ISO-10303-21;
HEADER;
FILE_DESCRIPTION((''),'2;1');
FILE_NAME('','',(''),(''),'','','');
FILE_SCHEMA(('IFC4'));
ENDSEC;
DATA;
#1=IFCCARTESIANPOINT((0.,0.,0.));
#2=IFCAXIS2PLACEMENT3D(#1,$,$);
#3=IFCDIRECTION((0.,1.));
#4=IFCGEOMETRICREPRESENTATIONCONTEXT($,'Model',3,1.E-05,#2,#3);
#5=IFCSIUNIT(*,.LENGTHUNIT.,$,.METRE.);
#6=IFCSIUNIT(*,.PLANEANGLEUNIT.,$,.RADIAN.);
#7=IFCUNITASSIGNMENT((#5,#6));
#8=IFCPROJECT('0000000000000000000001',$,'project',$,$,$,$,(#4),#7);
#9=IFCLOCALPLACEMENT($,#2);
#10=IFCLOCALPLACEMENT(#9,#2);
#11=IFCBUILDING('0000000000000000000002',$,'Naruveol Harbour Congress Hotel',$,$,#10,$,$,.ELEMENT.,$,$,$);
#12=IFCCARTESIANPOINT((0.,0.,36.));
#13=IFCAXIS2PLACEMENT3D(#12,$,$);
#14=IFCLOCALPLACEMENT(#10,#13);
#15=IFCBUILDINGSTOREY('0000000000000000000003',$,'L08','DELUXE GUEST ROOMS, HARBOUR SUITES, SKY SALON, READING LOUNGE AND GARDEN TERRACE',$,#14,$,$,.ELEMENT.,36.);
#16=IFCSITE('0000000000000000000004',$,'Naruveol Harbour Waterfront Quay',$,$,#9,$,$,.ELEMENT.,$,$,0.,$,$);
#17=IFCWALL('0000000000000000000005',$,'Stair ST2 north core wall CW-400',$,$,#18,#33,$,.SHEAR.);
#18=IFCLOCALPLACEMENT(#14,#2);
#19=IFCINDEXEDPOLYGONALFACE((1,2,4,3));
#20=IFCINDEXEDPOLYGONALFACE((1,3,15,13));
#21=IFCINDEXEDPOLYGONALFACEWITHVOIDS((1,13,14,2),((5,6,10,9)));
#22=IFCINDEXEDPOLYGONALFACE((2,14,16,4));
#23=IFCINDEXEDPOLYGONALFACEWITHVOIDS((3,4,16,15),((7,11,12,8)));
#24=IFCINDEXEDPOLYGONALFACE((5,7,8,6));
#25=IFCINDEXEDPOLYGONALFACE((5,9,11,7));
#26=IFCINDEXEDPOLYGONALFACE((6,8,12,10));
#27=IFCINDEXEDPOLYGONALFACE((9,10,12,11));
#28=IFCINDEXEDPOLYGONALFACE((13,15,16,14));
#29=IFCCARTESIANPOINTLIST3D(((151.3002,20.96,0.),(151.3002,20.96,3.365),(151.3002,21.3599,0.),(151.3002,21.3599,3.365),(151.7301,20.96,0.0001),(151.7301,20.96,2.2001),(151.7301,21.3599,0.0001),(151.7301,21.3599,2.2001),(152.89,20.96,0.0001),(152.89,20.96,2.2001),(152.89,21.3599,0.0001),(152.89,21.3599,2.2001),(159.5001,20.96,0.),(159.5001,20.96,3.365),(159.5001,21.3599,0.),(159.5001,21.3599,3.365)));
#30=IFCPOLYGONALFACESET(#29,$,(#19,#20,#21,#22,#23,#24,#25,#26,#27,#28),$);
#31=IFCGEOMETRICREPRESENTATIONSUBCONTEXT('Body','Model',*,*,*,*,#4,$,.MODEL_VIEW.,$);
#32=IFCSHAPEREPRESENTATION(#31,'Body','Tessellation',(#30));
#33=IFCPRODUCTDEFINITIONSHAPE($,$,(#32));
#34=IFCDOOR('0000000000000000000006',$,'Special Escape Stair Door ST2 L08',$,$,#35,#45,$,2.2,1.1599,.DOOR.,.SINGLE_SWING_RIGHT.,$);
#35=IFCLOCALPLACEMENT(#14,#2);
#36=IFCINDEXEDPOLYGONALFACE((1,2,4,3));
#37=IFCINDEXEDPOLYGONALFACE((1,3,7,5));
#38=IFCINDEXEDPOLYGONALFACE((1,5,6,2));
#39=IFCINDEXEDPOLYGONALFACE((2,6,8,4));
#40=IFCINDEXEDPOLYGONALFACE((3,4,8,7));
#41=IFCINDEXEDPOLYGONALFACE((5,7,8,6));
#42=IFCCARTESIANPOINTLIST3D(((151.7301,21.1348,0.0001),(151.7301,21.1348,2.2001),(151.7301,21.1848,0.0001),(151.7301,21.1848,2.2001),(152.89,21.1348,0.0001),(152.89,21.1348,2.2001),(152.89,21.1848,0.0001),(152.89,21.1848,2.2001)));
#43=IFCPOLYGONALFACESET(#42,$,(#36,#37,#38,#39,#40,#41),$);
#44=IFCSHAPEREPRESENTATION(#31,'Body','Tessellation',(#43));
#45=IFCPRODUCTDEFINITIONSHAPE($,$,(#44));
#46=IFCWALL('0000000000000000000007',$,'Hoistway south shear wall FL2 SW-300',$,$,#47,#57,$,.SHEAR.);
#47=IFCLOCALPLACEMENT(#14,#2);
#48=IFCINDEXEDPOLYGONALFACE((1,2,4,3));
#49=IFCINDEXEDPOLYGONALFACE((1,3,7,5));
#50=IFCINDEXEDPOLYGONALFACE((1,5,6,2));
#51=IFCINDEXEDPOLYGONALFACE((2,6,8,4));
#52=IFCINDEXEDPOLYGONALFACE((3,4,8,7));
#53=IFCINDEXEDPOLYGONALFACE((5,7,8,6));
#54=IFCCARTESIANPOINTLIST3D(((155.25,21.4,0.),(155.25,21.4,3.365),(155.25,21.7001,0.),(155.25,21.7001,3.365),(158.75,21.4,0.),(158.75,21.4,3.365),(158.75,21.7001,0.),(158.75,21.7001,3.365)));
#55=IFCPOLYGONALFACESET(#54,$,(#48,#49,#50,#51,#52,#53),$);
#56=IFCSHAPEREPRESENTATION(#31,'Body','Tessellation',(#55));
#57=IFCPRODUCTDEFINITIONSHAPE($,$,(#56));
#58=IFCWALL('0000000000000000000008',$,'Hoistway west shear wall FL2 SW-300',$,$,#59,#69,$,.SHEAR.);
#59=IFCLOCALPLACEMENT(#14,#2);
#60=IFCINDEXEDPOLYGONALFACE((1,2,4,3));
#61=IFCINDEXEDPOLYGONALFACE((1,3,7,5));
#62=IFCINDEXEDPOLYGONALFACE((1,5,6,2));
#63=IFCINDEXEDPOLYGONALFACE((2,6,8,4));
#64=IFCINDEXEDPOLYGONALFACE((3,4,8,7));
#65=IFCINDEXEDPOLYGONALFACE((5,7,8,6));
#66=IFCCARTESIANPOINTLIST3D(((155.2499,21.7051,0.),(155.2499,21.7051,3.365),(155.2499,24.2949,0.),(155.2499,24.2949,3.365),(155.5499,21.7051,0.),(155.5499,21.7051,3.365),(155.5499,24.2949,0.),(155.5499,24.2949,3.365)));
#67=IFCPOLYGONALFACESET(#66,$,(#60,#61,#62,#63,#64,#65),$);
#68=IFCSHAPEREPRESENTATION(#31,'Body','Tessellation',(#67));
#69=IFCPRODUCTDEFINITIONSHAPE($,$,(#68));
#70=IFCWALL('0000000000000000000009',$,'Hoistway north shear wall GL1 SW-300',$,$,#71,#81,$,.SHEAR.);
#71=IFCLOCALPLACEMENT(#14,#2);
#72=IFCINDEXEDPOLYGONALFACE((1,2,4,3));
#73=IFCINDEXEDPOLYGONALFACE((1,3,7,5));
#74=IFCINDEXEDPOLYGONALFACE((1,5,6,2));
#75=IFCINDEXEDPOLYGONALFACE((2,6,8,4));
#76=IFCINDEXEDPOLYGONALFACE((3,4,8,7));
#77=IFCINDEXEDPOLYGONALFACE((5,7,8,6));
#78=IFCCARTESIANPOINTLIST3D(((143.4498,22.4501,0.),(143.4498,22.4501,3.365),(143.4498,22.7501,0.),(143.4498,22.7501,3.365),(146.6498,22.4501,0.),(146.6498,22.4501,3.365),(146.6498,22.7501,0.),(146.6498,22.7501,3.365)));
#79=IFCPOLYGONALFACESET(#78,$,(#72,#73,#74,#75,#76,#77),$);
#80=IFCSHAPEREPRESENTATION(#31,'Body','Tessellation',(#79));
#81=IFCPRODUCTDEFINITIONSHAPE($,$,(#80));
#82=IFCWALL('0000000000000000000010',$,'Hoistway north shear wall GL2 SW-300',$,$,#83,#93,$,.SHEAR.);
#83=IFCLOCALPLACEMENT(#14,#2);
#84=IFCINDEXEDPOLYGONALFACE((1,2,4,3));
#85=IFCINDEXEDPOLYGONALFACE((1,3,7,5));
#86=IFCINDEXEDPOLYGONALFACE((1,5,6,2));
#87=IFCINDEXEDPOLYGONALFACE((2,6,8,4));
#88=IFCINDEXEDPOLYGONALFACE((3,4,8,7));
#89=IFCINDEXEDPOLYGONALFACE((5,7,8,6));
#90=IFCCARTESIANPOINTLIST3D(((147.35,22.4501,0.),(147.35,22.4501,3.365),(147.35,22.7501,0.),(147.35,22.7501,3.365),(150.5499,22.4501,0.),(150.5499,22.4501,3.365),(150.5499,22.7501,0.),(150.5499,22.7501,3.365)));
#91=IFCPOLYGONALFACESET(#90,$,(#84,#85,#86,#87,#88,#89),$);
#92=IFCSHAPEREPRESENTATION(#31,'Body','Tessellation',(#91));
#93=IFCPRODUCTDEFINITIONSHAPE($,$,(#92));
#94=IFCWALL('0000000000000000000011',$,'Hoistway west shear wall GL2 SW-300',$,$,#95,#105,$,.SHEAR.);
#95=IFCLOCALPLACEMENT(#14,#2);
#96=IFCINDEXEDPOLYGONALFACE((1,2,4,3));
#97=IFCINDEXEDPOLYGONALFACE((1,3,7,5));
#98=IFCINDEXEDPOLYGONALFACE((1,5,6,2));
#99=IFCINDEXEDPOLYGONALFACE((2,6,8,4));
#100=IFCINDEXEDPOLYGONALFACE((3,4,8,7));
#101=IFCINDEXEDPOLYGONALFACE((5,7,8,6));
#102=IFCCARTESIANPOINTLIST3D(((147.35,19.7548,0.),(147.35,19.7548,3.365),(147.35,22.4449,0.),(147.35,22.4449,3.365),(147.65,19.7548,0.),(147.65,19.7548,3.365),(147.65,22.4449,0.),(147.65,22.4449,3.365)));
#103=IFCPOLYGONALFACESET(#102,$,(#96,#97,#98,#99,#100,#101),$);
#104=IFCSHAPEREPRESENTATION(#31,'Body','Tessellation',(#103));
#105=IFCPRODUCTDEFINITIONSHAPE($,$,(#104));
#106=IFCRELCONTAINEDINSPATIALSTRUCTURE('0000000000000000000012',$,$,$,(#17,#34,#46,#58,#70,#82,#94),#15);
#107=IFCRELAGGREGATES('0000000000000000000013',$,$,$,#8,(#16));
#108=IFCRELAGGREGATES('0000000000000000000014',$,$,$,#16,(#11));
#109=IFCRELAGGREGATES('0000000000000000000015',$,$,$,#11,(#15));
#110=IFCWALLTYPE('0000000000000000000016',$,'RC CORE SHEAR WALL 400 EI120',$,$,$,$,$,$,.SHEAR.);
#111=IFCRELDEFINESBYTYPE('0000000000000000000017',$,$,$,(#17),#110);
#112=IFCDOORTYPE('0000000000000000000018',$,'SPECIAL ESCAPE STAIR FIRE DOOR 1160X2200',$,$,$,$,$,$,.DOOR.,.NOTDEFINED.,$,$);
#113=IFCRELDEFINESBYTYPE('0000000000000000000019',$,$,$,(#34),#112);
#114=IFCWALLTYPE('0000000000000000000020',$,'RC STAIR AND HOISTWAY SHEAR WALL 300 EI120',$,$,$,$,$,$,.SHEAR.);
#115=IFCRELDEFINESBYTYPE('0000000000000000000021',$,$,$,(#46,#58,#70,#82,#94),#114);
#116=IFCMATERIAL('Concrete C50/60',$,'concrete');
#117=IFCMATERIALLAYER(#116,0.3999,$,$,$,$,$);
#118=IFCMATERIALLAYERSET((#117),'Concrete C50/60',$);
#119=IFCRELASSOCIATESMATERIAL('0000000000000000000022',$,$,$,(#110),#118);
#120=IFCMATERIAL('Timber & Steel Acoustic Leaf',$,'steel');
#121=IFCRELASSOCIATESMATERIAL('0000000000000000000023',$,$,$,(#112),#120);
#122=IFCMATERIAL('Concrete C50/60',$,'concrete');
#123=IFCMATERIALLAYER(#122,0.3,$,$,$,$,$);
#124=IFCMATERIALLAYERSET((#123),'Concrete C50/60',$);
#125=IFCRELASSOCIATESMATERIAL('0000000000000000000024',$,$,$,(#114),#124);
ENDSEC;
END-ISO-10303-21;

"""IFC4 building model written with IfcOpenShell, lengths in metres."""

from ifc_helpers import new_model, si_unit, direction, frame, frame_2d, origin, place, context, subcontext, project, spatial, rectangle, extrude, material, layer, layer_set, type_object, element, fill, save


model = new_model("IFC4")

# Units and contexts
model_context = context("Model", 3, precision=1e-05, world=origin(), true_north=direction((0.0, 1.0)))
body_context = subcontext(model_context, "Body", "Model", "MODEL_VIEW")
ifc_project = project(units=[si_unit("LENGTHUNIT", "METRE"), si_unit("PLANEANGLEUNIT", "RADIAN")], contexts=[model_context])

# Site, building, storey
site_placement = place(None, origin())
site = spatial("IfcSite", under=ifc_project, at=site_placement, Name="Naruveol Harbour Waterfront Quay", CompositionType="ELEMENT", RefElevation=0.0)
building_placement = place(site_placement, origin())
building = spatial("IfcBuilding", under=site, at=building_placement, Name="Naruveol Harbour Congress Hotel", CompositionType="ELEMENT")
storey_placement = place(building_placement, frame((0.0, 0.0, 36.0)))
storey = spatial("IfcBuildingStorey", under=building, at=storey_placement, Name="L08", Description="DELUXE GUEST ROOMS, HARBOUR SUITES, SKY SALON, READING LOUNGE AND GARDEN TERRACE", CompositionType="ELEMENT", Elevation=36.0)

# Wall, opening, door
ifc_material_1 = material(Name="Concrete C50/60", Category="concrete")
ifc_layer_1 = layer(ifc_material_1, 0.3999)
ifc_layer_set_1 = layer_set([ifc_layer_1], Name="Concrete C50/60")
wall_type_1 = type_object("IfcWallType", Name="RC CORE SHEAR WALL 400 EI120", PredefinedType="SHEAR", material=ifc_layer_set_1)
wall_1_placement = place(storey_placement, frame((151.3, 21.1599, 0.0), z_axis=(0.0, 0.0, 1.0), x_axis=(1.0, 0.0, 0.0)))
wall_1 = element("IfcWall", 1, at=wall_1_placement, inside=storey, type_object=wall_type_1, Name="Stair ST2 north core wall CW-400", PredefinedType="SHEAR", context=body_context, shape_type="SweptSolid", body=[
    extrude(rectangle(XDim=8.2, YDim=0.3999, at=frame_2d((4.1001, 0.0))), origin(), (0.0, 0.0, 1.0), 3.365),
])
opening_1_placement = place(wall_1_placement, frame((0.4299, 0.0, 0.0)))
opening_1 = element("IfcOpeningElement", 2, at=opening_1_placement, cuts=wall_1, PredefinedType="OPENING", context=body_context, shape_type="SweptSolid", body=[
    extrude(rectangle(XDim=1.1599, YDim=2.2, at=frame_2d((0.5801, 1.1001))), frame((0.0, 0.21, 0.0), z_axis=(0.0, -1.0, 0.0), x_axis=(1.0, 0.0, 0.0)), (0.0, 0.0, 1.0), 0.4199),
])
ifc_material_2 = material(Name="Timber & Steel Acoustic Leaf", Category="steel")
door_type_1 = type_object("IfcDoorType", Name="SPECIAL ESCAPE STAIR FIRE DOOR 1160X2200", OperationType="NOTDEFINED", PredefinedType="DOOR", material=ifc_material_2)
door_1_placement = place(opening_1_placement, origin())
door_1 = element("IfcDoor", 3, at=door_1_placement, inside=storey, type_object=door_type_1, Name="Special Escape Stair Door ST2 L08", OperationType="SINGLE_SWING_RIGHT", OverallHeight=2.2, OverallWidth=1.1599, PredefinedType="DOOR", context=body_context, shape_type="SweptSolid", body=[
    extrude(rectangle(XDim=1.1599, YDim=2.2, at=frame_2d((0.5801, 1.1001))), frame((0.0, 0.0249, 0.0), z_axis=(0.0, -1.0, 0.0), x_axis=(1.0, 0.0, 0.0)), (0.0, 0.0, 1.0), 0.05),
])
fill(opening_1, door_1)

# Walls
ifc_material_3 = material(Name="Concrete C50/60", Category="concrete")
ifc_layer_2 = layer(ifc_material_3, 0.3)
ifc_layer_set_2 = layer_set([ifc_layer_2], Name="Concrete C50/60")
wall_type_2 = type_object("IfcWallType", Name="RC STAIR AND HOISTWAY SHEAR WALL 300 EI120", PredefinedType="SHEAR", material=ifc_layer_set_2)
wall_2_placement = place(storey_placement, frame((155.25, 21.55, 0.0), z_axis=(0.0, 0.0, 1.0), x_axis=(1.0, 0.0, 0.0)))
element("IfcWall", 4, at=wall_2_placement, inside=storey, type_object=wall_type_2, Name="Hoistway south shear wall FL2 SW-300", PredefinedType="SHEAR", context=body_context, shape_type="SweptSolid", body=[
    extrude(rectangle(XDim=3.5, YDim=0.3, at=frame_2d((1.75, 0.0))), origin(), (0.0, 0.0, 1.0), 3.365),
])
wall_3_placement = place(storey_placement, frame((155.3999, 24.2949, 0.0), z_axis=(0.0, 0.0, 1.0), x_axis=(0.0, -1.0, 0.0)))
element("IfcWall", 5, at=wall_3_placement, inside=storey, type_object=wall_type_2, Name="Hoistway west shear wall FL2 SW-300", PredefinedType="SHEAR", context=body_context, shape_type="SweptSolid", body=[
    extrude(rectangle(XDim=2.5898, YDim=0.3, at=frame_2d((1.2949, 0.0))), origin(), (0.0, 0.0, 1.0), 3.365),
])
for number, where, z_axis, x_axis, name in (
    (6, (146.6499, 22.6001, 0.0), (0.0, 0.0, 1.0), (-1.0, 0.0, 0.0), "Hoistway north shear wall GL1 SW-300"),
    (7, (150.55, 22.6001, 0.0), (0.0, 0.0, 1.0), (-1.0, 0.0, 0.0), "Hoistway north shear wall GL2 SW-300"),
):
    element("IfcWall", number, at=place(storey_placement, frame(where, z_axis=z_axis, x_axis=x_axis)), inside=storey, type_object=wall_type_2, Name=name, PredefinedType="SHEAR", context=body_context, shape_type="SweptSolid", body=[
        extrude(rectangle(XDim=3.2, YDim=0.3, at=frame_2d((1.6001, 0.0))), origin(), (0.0, 0.0, 1.0), 3.365),
    ])
wall_4_placement = place(storey_placement, frame((147.5, 22.4451, 0.0), z_axis=(0.0, 0.0, 1.0), x_axis=(0.0, -1.0, 0.0)))
element("IfcWall", 8, at=wall_4_placement, inside=storey, type_object=wall_type_2, Name="Hoistway west shear wall GL2 SW-300", PredefinedType="SHEAR", context=body_context, shape_type="SweptSolid", body=[
    extrude(rectangle(XDim=2.6902, YDim=0.3, at=frame_2d((1.3452, 0.0))), origin(), (0.0, 0.0, 1.0), 3.365),
])

save(model, "model.ifc")
